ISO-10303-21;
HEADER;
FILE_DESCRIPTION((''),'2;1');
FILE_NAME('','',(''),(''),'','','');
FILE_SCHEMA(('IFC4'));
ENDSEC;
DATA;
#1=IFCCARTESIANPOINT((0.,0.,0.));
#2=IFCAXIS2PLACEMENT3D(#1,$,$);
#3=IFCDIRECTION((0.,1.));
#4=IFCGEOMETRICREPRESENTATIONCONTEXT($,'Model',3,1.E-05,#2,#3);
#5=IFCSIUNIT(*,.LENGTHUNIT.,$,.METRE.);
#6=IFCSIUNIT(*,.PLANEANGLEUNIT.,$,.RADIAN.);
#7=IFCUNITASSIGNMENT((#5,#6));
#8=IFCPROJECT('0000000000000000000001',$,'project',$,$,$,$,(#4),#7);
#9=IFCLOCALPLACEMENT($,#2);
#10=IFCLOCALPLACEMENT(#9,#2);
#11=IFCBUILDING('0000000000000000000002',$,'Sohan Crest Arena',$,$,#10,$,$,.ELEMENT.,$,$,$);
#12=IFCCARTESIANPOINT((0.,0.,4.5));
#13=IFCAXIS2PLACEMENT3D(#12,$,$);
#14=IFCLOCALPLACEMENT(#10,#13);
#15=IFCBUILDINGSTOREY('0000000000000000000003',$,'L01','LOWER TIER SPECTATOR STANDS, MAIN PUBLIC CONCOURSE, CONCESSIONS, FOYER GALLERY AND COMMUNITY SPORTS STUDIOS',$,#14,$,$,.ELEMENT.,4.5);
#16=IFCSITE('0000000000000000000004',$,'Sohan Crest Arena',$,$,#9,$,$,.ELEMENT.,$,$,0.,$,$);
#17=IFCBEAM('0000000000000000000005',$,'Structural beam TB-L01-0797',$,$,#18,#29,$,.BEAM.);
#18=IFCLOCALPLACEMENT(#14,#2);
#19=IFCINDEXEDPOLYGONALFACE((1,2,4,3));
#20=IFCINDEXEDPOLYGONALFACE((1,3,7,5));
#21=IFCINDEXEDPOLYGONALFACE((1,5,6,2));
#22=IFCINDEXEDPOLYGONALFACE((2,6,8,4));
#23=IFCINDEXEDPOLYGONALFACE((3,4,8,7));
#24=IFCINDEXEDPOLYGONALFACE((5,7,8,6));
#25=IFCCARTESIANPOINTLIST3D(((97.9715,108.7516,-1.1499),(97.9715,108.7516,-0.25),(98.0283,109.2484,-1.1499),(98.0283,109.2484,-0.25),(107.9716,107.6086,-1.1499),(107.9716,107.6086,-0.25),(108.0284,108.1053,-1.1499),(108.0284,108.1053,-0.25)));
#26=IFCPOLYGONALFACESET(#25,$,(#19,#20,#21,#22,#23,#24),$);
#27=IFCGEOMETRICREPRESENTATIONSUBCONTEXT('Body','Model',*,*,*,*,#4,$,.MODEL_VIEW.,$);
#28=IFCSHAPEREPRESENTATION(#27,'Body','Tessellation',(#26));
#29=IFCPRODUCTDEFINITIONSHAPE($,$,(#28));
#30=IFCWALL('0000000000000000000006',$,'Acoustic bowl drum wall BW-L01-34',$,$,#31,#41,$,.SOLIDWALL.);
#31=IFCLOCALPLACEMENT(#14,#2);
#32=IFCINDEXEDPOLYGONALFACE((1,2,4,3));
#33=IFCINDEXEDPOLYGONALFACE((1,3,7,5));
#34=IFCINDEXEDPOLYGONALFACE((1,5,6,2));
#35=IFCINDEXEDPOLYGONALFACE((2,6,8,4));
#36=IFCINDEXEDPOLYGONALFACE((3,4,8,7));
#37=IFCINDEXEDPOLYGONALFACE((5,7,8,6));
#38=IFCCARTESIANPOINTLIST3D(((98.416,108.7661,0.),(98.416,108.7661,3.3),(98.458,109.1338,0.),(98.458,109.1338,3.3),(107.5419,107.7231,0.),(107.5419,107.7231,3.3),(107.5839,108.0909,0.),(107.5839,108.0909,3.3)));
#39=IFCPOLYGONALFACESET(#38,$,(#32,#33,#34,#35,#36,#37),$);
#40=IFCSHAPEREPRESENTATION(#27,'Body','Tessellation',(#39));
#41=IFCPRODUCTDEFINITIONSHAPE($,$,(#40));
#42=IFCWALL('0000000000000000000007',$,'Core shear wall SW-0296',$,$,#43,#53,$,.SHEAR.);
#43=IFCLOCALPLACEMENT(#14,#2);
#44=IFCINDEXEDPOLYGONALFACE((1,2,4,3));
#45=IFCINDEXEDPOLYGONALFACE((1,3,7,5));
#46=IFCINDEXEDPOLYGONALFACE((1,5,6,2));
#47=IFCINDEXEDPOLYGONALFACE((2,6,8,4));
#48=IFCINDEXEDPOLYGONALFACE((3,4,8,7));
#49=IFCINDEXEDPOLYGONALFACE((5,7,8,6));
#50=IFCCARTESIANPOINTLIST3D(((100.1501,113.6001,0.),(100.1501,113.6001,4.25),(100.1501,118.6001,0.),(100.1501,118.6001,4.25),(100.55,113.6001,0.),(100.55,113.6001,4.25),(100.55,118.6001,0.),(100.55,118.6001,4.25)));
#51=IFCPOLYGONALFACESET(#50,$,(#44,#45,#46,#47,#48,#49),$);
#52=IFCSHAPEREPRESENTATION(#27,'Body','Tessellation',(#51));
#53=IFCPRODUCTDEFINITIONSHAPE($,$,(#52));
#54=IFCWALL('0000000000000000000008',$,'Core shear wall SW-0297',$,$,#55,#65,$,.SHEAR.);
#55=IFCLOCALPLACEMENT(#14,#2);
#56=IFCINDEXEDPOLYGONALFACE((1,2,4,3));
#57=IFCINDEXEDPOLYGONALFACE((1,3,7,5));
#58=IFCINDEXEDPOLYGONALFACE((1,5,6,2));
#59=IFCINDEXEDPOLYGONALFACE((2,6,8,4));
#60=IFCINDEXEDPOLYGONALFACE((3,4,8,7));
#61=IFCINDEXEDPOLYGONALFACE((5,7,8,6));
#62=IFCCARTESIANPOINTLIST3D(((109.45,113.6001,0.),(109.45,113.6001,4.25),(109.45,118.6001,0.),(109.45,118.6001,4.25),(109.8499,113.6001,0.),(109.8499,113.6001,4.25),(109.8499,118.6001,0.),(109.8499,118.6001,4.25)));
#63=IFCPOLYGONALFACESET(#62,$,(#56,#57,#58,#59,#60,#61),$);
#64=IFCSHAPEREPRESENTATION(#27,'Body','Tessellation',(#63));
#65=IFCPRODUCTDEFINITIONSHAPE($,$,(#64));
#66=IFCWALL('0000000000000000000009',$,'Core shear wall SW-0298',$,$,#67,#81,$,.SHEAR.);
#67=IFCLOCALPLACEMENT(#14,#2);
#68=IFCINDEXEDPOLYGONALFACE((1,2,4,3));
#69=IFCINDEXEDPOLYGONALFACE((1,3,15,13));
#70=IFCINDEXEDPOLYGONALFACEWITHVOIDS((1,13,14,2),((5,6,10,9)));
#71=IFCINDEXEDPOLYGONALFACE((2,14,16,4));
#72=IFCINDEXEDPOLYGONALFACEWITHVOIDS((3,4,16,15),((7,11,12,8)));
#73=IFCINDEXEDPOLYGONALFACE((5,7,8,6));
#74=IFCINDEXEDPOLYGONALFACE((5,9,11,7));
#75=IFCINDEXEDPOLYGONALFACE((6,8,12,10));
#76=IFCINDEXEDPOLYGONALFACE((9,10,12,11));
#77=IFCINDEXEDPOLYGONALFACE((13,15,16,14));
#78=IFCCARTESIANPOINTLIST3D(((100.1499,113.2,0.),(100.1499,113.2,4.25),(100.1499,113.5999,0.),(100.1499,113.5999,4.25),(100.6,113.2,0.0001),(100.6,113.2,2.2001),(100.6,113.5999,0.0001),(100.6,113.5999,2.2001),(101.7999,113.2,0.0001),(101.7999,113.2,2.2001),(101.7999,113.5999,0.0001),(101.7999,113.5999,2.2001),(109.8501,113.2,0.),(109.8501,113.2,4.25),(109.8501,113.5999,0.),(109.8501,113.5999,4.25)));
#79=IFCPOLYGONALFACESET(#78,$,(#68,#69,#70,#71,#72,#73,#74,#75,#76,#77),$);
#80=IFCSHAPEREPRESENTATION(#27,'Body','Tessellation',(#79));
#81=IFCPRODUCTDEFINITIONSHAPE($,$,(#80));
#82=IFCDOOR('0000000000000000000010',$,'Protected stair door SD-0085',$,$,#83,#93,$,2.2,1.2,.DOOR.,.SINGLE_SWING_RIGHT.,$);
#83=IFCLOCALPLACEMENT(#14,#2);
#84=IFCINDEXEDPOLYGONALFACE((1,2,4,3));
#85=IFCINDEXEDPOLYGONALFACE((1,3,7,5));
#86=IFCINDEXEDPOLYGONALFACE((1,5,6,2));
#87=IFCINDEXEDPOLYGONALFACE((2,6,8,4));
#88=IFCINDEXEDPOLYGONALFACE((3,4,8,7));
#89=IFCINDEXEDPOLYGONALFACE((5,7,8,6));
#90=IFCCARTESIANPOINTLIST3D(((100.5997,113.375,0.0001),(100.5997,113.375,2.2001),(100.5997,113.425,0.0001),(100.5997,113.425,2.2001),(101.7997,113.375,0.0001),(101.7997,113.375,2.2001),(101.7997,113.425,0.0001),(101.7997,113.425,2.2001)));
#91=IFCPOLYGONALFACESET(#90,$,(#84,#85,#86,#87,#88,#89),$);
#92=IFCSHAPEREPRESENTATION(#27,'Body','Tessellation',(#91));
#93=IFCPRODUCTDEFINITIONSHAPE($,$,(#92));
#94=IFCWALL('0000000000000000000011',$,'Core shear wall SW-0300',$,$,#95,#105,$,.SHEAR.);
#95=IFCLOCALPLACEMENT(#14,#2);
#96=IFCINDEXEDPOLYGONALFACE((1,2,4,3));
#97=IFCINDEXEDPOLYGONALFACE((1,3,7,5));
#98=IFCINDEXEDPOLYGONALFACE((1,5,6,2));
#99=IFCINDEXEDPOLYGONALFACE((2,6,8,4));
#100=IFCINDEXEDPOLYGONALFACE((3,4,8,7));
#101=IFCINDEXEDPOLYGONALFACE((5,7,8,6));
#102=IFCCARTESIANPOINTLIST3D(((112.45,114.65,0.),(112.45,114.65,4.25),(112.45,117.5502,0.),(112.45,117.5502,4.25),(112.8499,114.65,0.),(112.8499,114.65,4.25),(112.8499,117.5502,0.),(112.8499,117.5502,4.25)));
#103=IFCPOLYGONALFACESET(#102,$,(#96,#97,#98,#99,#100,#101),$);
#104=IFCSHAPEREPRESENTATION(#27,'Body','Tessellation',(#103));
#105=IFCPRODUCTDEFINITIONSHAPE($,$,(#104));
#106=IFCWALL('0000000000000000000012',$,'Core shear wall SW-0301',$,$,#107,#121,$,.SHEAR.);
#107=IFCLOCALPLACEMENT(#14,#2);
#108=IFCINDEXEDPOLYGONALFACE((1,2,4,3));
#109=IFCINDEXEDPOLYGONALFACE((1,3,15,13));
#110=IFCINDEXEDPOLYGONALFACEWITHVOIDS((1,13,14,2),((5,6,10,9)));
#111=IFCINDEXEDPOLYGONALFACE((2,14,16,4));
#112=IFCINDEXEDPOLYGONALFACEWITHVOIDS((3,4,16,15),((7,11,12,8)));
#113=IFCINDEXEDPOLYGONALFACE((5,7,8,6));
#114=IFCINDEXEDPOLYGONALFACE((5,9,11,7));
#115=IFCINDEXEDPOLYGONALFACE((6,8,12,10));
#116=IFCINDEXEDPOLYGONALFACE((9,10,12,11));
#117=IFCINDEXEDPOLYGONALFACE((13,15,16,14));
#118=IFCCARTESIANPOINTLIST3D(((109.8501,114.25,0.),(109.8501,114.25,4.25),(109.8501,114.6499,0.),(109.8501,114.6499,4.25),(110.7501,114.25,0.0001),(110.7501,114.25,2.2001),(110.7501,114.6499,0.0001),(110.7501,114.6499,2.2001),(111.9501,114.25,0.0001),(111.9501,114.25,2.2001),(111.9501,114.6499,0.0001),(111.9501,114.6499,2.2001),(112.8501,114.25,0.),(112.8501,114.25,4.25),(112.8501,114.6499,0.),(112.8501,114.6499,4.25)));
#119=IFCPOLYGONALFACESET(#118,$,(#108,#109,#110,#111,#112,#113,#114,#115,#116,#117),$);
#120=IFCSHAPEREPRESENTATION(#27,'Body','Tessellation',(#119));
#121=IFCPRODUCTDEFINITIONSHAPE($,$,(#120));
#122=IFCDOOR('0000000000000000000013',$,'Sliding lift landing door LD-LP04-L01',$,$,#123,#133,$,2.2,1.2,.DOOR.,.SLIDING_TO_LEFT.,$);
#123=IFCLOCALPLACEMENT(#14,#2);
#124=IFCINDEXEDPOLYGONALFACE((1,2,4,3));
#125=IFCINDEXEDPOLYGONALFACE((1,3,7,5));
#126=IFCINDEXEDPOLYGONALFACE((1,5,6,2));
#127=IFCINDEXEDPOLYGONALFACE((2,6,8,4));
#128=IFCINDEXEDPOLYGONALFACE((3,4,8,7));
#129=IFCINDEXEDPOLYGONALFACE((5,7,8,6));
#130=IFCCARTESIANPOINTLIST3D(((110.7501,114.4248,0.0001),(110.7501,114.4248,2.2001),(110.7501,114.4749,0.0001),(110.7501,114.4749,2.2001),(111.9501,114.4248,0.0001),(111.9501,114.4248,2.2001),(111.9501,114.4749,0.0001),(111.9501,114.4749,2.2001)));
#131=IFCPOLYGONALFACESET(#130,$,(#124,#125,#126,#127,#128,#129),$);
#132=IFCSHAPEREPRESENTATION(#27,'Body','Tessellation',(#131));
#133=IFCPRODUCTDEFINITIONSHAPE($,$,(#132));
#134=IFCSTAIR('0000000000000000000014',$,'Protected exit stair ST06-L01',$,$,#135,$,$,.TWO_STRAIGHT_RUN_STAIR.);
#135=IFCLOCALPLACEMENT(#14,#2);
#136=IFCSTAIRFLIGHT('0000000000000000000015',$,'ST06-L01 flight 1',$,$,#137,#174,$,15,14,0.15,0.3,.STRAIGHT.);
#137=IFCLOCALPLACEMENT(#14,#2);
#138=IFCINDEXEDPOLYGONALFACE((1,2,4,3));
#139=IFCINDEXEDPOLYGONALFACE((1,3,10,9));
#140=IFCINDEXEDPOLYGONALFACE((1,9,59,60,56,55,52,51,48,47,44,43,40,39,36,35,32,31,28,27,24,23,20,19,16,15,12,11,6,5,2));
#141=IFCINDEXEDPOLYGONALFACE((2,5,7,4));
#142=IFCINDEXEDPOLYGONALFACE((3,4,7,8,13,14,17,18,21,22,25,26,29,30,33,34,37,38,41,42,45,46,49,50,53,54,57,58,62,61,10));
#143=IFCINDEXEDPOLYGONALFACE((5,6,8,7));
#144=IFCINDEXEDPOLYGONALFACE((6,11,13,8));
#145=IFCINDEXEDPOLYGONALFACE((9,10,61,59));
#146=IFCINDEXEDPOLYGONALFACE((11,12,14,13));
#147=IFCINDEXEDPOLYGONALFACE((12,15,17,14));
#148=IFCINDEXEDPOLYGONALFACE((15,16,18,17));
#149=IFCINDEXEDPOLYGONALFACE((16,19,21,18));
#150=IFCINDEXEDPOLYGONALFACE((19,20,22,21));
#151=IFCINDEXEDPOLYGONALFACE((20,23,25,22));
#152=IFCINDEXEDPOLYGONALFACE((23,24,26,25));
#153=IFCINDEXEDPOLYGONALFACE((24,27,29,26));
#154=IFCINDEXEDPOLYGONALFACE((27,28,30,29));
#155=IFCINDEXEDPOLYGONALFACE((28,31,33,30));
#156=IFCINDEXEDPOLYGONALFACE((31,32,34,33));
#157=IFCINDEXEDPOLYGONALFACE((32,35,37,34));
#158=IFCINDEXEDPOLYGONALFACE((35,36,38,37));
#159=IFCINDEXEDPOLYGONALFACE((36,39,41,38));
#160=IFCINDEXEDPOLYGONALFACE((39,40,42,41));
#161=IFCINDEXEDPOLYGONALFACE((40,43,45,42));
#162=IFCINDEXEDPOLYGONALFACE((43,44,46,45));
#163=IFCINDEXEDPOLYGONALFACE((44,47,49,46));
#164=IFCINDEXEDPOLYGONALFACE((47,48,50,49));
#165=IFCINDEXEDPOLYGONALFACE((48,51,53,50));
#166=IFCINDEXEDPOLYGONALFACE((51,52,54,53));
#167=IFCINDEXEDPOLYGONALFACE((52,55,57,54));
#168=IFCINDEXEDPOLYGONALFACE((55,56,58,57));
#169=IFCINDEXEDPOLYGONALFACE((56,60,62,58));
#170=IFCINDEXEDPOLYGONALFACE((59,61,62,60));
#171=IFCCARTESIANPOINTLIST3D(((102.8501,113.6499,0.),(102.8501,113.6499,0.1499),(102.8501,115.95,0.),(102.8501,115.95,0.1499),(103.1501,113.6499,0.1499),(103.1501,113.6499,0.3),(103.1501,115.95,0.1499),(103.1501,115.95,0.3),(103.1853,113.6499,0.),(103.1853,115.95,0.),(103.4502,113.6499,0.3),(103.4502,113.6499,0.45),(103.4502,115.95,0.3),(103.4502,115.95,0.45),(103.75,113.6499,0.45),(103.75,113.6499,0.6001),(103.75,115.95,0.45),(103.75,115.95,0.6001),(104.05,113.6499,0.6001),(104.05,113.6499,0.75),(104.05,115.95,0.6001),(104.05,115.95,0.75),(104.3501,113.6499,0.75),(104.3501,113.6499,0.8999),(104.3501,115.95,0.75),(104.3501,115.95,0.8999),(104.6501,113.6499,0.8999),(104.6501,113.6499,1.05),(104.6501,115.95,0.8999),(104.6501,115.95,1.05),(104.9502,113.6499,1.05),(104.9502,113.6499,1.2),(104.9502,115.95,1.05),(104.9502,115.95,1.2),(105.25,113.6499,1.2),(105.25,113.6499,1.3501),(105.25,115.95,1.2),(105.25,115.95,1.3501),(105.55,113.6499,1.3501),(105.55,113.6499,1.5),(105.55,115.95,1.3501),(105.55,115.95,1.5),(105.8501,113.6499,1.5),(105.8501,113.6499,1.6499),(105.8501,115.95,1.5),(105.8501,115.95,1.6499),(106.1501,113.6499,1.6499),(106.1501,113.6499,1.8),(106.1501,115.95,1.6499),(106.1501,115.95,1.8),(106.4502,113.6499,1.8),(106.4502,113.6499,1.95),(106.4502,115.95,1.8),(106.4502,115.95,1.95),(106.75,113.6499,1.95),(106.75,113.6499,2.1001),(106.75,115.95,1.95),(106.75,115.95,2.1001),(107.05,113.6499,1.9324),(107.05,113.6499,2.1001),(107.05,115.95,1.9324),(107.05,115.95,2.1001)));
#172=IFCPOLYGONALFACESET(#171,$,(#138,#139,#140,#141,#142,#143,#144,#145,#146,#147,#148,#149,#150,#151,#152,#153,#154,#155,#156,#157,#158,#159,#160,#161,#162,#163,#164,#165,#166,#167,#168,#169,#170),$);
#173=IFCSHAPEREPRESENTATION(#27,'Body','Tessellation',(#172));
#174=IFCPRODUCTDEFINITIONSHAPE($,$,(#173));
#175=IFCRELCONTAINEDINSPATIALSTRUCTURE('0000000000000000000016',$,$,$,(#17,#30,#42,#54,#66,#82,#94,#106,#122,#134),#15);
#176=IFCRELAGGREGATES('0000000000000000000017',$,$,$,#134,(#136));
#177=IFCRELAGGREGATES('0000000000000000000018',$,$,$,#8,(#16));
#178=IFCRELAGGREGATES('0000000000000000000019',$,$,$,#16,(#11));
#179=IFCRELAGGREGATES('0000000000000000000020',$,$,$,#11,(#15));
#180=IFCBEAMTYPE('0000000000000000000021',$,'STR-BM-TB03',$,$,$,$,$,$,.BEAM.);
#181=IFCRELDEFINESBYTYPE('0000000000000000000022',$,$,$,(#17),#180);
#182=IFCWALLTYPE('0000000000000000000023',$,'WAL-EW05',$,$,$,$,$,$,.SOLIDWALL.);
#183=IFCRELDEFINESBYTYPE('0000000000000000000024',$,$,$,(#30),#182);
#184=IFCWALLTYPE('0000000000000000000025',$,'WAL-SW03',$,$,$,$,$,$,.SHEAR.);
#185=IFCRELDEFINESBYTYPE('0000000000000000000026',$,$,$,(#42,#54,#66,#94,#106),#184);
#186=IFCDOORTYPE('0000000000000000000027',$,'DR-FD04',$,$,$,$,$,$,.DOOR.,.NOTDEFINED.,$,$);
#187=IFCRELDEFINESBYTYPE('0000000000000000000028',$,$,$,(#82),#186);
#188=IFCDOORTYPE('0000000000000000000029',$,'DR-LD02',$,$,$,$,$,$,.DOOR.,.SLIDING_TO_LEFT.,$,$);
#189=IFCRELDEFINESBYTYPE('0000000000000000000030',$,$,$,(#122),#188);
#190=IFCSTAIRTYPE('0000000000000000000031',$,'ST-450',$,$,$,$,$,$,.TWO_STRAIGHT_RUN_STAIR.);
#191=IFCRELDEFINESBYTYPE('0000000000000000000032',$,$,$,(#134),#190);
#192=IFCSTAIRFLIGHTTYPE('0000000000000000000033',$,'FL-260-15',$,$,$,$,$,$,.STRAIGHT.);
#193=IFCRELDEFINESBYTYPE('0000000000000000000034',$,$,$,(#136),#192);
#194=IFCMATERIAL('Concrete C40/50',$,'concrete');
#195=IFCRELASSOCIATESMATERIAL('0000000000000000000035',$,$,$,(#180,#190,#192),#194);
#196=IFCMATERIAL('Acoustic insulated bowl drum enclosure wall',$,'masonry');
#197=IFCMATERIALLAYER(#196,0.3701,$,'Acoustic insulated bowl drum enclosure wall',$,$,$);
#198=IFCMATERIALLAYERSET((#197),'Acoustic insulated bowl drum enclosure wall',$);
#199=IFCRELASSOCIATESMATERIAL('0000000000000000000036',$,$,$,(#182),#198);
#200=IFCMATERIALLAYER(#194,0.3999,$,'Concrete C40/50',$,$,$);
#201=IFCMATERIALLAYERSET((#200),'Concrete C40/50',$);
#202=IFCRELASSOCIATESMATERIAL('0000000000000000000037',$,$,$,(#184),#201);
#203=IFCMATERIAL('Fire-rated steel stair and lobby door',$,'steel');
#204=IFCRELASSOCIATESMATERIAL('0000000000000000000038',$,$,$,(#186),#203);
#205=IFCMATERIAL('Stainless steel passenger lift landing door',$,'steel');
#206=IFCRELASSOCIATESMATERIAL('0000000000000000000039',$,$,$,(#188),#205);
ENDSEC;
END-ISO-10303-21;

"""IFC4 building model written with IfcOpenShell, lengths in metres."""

from ifc_helpers import new_model, si_unit, direction, frame, frame_2d, origin, origin_2d, place, context, subcontext, project, spatial, polyline, rectangle, outline, extrude, material, layer, layer_set, material_profile, profile_set, type_object, element, fill, aggregate, save


model = new_model("IFC4")

# Units and contexts
model_context = context("Model", 3, precision=1e-05, world=origin(), true_north=direction((0.0, 1.0)))
body_context = subcontext(model_context, "Body", "Model", "MODEL_VIEW")
ifc_project = project(units=[si_unit("LENGTHUNIT", "METRE"), si_unit("PLANEANGLEUNIT", "RADIAN")], contexts=[model_context])

# Site, building, storey
site_placement = place(None, origin())
site = spatial("IfcSite", under=ifc_project, at=site_placement, Name="Sohan Crest Arena", CompositionType="ELEMENT", RefElevation=0.0)
building_placement = place(site_placement, origin())
building = spatial("IfcBuilding", under=site, at=building_placement, Name="Sohan Crest Arena", CompositionType="ELEMENT")
storey_placement = place(building_placement, frame((0.0, 0.0, 4.5)))
storey = spatial("IfcBuildingStorey", under=building, at=storey_placement, Name="L01", Description="LOWER TIER SPECTATOR STANDS, MAIN PUBLIC CONCOURSE, CONCESSIONS, FOYER GALLERY AND COMMUNITY SPORTS STUDIOS", CompositionType="ELEMENT", Elevation=4.5)

# Shared definitions
ifc_material_1 = material(Name="Concrete C40/50", Category="concrete")

# Beam
ifc_material_profile_1 = material_profile(ifc_material_1, rectangle(XDim=0.5, YDim=0.8999, at=origin_2d()), Name="RC-BM 500x900")
ifc_profile_set_1 = profile_set([ifc_material_profile_1], Name="Concrete C40/50")
beam_type_1 = type_object("IfcBeamType", Name="STR-BM-TB03", PredefinedType="BEAM", material=ifc_profile_set_1)
beam_1_placement = place(storey_placement, frame((108.0, 107.8569, -0.7), z_axis=(-0.99353, 0.113567, 0.0), x_axis=(-0.113567, -0.99353, 0.0)))
element("IfcBeam", 1, at=beam_1_placement, inside=storey, type_object=beam_type_1, Name="Structural beam TB-L01-0797", PredefinedType="BEAM", context=body_context, shape_type="SweptSolid", body=[
    extrude(rectangle(XDim=0.5, YDim=0.8999, at=origin_2d()), origin(), (0.0, 0.0, 1.0), 10.0652),
])

# Walls
ifc_material_2 = material(Name="Acoustic insulated bowl drum enclosure wall", Category="masonry")
ifc_layer_1 = layer(ifc_material_2, 0.3701, Name="Acoustic insulated bowl drum enclosure wall")
ifc_layer_set_1 = layer_set([ifc_layer_1], Name="Acoustic insulated bowl drum enclosure wall")
wall_type_1 = type_object("IfcWallType", Name="WAL-EW05", PredefinedType="SOLIDWALL", material=ifc_layer_set_1)
wall_1_placement = place(storey_placement, frame((107.563, 107.907, 0.0), z_axis=(0.0, 0.0, 1.0), x_axis=(-0.993533, 0.113547, 0.0)))
element("IfcWall", 2, at=wall_1_placement, inside=storey, type_object=wall_type_1, Name="Acoustic bowl drum wall BW-L01-34", PredefinedType="SOLIDWALL", context=body_context, shape_type="SweptSolid", body=[
    extrude(rectangle(XDim=9.1853, YDim=0.3701, at=frame_2d((4.5928, 0.0))), origin(), (0.0, 0.0, 1.0), 3.3),
])
ifc_layer_2 = layer(ifc_material_1, 0.3999, Name="Concrete C40/50")
ifc_layer_set_2 = layer_set([ifc_layer_2], Name="Concrete C40/50")
wall_type_2 = type_object("IfcWallType", Name="WAL-SW03", PredefinedType="SHEAR", material=ifc_layer_set_2)
for number, where, z_axis, x_axis, name in (
    (3, (100.3501, 113.6001, 0.0), (0.0, 0.0, 1.0), (0.0, 1.0, 0.0), "Core shear wall SW-0296"),
    (4, (109.6499, 113.6001, 0.0), (0.0, 0.0, 1.0), (0.0, 1.0, 0.0), "Core shear wall SW-0297"),
):
    element("IfcWall", number, at=place(storey_placement, frame(where, z_axis=z_axis, x_axis=x_axis)), inside=storey, type_object=wall_type_2, Name=name, PredefinedType="SHEAR", context=body_context, shape_type="SweptSolid", body=[
        extrude(rectangle(XDim=5.0, YDim=0.3999, at=frame_2d((2.5, 0.0))), origin(), (0.0, 0.0, 1.0), 4.25),
    ])

# Wall, opening, door
wall_2_placement = place(storey_placement, frame((100.1499, 113.3999, 0.0), z_axis=(0.0, 0.0, 1.0), x_axis=(1.0, 0.0, 0.0)))
wall_2 = element("IfcWall", 5, at=wall_2_placement, inside=storey, type_object=wall_type_2, Name="Core shear wall SW-0298", PredefinedType="SHEAR", context=body_context, shape_type="SweptSolid", body=[
    extrude(rectangle(XDim=9.7002, YDim=0.3999, at=frame_2d((4.8501, 0.0))), origin(), (0.0, 0.0, 1.0), 4.25),
])
opening_1_placement = place(wall_2_placement, frame((0.45, 0.0, 0.0)))
opening_1 = element("IfcOpeningElement", 6, at=opening_1_placement, cuts=wall_2, PredefinedType="OPENING", context=body_context, shape_type="SweptSolid", body=[
    extrude(rectangle(XDim=1.2, YDim=2.2, at=frame_2d((0.6001, 1.1001))), frame((0.0, 0.21, 0.0), z_axis=(0.0, -1.0, 0.0), x_axis=(1.0, 0.0, 0.0)), (0.0, 0.0, 1.0), 0.4199),
])
ifc_material_3 = material(Name="Fire-rated steel stair and lobby door", Category="steel")
door_type_1 = type_object("IfcDoorType", Name="DR-FD04", OperationType="NOTDEFINED", PredefinedType="DOOR", material=ifc_material_3)
door_1_placement = place(opening_1_placement, frame((1.2, 0.0, 0.0), z_axis=(0.0, 0.0, 1.0), x_axis=(-1.0, 0.0, 0.0)))
door_1 = element("IfcDoor", 7, at=door_1_placement, inside=storey, type_object=door_type_1, Name="Protected stair door SD-0085", OperationType="SINGLE_SWING_RIGHT", OverallHeight=2.2, OverallWidth=1.2, PredefinedType="DOOR", context=body_context, shape_type="SweptSolid", body=[
    extrude(rectangle(XDim=1.2, YDim=2.2, at=frame_2d((0.6001, 1.1001))), frame((0.0, 0.0249, 0.0), z_axis=(0.0, -1.0, 0.0), x_axis=(1.0, 0.0, 0.0)), (0.0, 0.0, 1.0), 0.05),
])
fill(opening_1, door_1)

# Wall
wall_3_placement = place(storey_placement, frame((112.6499, 114.6499, 0.0), z_axis=(0.0, 0.0, 1.0), x_axis=(0.0, 1.0, 0.0)))
element("IfcWall", 8, at=wall_3_placement, inside=storey, type_object=wall_type_2, Name="Core shear wall SW-0300", PredefinedType="SHEAR", context=body_context, shape_type="SweptSolid", body=[
    extrude(rectangle(XDim=2.9001, YDim=0.3999, at=frame_2d((1.4502, 0.0))), origin(), (0.0, 0.0, 1.0), 4.25),
])

# Wall, opening, door
wall_4_placement = place(storey_placement, frame((109.8501, 114.45, 0.0), z_axis=(0.0, 0.0, 1.0), x_axis=(1.0, 0.0, 0.0)))
wall_4 = element("IfcWall", 9, at=wall_4_placement, inside=storey, type_object=wall_type_2, Name="Core shear wall SW-0301", PredefinedType="SHEAR", context=body_context, shape_type="SweptSolid", body=[
    extrude(rectangle(XDim=3.0, YDim=0.3999, at=frame_2d((1.5, 0.0))), origin(), (0.0, 0.0, 1.0), 4.25),
])
opening_2_placement = place(wall_4_placement, frame((0.8999, 0.0, 0.0)))
opening_2 = element("IfcOpeningElement", 10, at=opening_2_placement, cuts=wall_4, PredefinedType="OPENING", context=body_context, shape_type="SweptSolid", body=[
    extrude(rectangle(XDim=1.2, YDim=2.2, at=frame_2d((0.6001, 1.1001))), frame((0.0, 0.21, 0.0), z_axis=(0.0, -1.0, 0.0), x_axis=(1.0, 0.0, 0.0)), (0.0, 0.0, 1.0), 0.4199),
])
ifc_material_4 = material(Name="Stainless steel passenger lift landing door", Category="steel")
door_type_2 = type_object("IfcDoorType", Name="DR-LD02", OperationType="SLIDING_TO_LEFT", PredefinedType="DOOR", material=ifc_material_4)
door_2_placement = place(opening_2_placement, origin())
door_2 = element("IfcDoor", 11, at=door_2_placement, inside=storey, type_object=door_type_2, Name="Sliding lift landing door LD-LP04-L01", OperationType="SLIDING_TO_LEFT", OverallHeight=2.2, OverallWidth=1.2, PredefinedType="DOOR", context=body_context, shape_type="SweptSolid", body=[
    extrude(rectangle(XDim=1.2, YDim=2.2, at=frame_2d((0.6001, 1.1001))), frame((0.0, 0.0249, 0.0), z_axis=(0.0, -1.0, 0.0), x_axis=(1.0, 0.0, 0.0)), (0.0, 0.0, 1.0), 0.05),
])
fill(opening_2, door_2)

# Stair, stair flight
stair_type = type_object("IfcStairType", Name="ST-450", PredefinedType="TWO_STRAIGHT_RUN_STAIR", material=ifc_material_1)
stair_placement = place(storey_placement, origin())
stair = element("IfcStair", 12, at=stair_placement, inside=storey, type_object=stair_type, Name="Protected exit stair ST06-L01", PredefinedType="TWO_STRAIGHT_RUN_STAIR")
stair_flight_type = type_object("IfcStairFlightType", Name="FL-260-15", PredefinedType="STRAIGHT", material=ifc_material_1)
stair_flight_placement = place(storey_placement, frame((102.8501, 114.8, 0.0), z_axis=(0.0, 0.0, 1.0), x_axis=(1.0, 0.0, 0.0)))
stair_flight = element("IfcStairFlight", 13, at=stair_flight_placement, type_object=stair_flight_type, Name="ST06-L01 flight 1", NumberOfRisers=15, NumberOfTreads=14, PredefinedType="STRAIGHT", RiserHeight=0.15, TreadLength=0.3, context=body_context, shape_type="SweptSolid", body=[
    extrude(outline(polyline([(0.0, 0.0), (0.0, 0.1499), (0.3, 0.1499), (0.3, 0.3), (0.6001, 0.3), (0.6001, 0.45), (0.8999, 0.45), (0.8999, 0.6001), (1.2, 0.6001), (1.2, 0.75), (1.5, 0.75), (1.5, 0.8999), (1.8, 0.8999), (1.8, 1.05), (2.1001, 1.05), (2.1001, 1.2), (2.3999, 1.2), (2.3999, 1.3501), (2.7, 1.3501), (2.7, 1.5), (3.0, 1.5), (3.0, 1.6499), (3.3, 1.6499), (3.3, 1.8), (3.6001, 1.8), (3.6001, 1.95), (3.8999, 1.95), (3.8999, 2.1001), (4.2, 2.1001), (4.2, 2.25), (4.2, 1.9324), (0.3352, 0.0), (0.0, 0.0)])), frame((0.0, 1.1499, 0.0), z_axis=(0.0, -1.0, 0.0), x_axis=(1.0, 0.0, 0.0)), (0.0, 0.0, 1.0), 2.3),
])
aggregate(stair, [stair_flight])

save(model, "model.ifc")
